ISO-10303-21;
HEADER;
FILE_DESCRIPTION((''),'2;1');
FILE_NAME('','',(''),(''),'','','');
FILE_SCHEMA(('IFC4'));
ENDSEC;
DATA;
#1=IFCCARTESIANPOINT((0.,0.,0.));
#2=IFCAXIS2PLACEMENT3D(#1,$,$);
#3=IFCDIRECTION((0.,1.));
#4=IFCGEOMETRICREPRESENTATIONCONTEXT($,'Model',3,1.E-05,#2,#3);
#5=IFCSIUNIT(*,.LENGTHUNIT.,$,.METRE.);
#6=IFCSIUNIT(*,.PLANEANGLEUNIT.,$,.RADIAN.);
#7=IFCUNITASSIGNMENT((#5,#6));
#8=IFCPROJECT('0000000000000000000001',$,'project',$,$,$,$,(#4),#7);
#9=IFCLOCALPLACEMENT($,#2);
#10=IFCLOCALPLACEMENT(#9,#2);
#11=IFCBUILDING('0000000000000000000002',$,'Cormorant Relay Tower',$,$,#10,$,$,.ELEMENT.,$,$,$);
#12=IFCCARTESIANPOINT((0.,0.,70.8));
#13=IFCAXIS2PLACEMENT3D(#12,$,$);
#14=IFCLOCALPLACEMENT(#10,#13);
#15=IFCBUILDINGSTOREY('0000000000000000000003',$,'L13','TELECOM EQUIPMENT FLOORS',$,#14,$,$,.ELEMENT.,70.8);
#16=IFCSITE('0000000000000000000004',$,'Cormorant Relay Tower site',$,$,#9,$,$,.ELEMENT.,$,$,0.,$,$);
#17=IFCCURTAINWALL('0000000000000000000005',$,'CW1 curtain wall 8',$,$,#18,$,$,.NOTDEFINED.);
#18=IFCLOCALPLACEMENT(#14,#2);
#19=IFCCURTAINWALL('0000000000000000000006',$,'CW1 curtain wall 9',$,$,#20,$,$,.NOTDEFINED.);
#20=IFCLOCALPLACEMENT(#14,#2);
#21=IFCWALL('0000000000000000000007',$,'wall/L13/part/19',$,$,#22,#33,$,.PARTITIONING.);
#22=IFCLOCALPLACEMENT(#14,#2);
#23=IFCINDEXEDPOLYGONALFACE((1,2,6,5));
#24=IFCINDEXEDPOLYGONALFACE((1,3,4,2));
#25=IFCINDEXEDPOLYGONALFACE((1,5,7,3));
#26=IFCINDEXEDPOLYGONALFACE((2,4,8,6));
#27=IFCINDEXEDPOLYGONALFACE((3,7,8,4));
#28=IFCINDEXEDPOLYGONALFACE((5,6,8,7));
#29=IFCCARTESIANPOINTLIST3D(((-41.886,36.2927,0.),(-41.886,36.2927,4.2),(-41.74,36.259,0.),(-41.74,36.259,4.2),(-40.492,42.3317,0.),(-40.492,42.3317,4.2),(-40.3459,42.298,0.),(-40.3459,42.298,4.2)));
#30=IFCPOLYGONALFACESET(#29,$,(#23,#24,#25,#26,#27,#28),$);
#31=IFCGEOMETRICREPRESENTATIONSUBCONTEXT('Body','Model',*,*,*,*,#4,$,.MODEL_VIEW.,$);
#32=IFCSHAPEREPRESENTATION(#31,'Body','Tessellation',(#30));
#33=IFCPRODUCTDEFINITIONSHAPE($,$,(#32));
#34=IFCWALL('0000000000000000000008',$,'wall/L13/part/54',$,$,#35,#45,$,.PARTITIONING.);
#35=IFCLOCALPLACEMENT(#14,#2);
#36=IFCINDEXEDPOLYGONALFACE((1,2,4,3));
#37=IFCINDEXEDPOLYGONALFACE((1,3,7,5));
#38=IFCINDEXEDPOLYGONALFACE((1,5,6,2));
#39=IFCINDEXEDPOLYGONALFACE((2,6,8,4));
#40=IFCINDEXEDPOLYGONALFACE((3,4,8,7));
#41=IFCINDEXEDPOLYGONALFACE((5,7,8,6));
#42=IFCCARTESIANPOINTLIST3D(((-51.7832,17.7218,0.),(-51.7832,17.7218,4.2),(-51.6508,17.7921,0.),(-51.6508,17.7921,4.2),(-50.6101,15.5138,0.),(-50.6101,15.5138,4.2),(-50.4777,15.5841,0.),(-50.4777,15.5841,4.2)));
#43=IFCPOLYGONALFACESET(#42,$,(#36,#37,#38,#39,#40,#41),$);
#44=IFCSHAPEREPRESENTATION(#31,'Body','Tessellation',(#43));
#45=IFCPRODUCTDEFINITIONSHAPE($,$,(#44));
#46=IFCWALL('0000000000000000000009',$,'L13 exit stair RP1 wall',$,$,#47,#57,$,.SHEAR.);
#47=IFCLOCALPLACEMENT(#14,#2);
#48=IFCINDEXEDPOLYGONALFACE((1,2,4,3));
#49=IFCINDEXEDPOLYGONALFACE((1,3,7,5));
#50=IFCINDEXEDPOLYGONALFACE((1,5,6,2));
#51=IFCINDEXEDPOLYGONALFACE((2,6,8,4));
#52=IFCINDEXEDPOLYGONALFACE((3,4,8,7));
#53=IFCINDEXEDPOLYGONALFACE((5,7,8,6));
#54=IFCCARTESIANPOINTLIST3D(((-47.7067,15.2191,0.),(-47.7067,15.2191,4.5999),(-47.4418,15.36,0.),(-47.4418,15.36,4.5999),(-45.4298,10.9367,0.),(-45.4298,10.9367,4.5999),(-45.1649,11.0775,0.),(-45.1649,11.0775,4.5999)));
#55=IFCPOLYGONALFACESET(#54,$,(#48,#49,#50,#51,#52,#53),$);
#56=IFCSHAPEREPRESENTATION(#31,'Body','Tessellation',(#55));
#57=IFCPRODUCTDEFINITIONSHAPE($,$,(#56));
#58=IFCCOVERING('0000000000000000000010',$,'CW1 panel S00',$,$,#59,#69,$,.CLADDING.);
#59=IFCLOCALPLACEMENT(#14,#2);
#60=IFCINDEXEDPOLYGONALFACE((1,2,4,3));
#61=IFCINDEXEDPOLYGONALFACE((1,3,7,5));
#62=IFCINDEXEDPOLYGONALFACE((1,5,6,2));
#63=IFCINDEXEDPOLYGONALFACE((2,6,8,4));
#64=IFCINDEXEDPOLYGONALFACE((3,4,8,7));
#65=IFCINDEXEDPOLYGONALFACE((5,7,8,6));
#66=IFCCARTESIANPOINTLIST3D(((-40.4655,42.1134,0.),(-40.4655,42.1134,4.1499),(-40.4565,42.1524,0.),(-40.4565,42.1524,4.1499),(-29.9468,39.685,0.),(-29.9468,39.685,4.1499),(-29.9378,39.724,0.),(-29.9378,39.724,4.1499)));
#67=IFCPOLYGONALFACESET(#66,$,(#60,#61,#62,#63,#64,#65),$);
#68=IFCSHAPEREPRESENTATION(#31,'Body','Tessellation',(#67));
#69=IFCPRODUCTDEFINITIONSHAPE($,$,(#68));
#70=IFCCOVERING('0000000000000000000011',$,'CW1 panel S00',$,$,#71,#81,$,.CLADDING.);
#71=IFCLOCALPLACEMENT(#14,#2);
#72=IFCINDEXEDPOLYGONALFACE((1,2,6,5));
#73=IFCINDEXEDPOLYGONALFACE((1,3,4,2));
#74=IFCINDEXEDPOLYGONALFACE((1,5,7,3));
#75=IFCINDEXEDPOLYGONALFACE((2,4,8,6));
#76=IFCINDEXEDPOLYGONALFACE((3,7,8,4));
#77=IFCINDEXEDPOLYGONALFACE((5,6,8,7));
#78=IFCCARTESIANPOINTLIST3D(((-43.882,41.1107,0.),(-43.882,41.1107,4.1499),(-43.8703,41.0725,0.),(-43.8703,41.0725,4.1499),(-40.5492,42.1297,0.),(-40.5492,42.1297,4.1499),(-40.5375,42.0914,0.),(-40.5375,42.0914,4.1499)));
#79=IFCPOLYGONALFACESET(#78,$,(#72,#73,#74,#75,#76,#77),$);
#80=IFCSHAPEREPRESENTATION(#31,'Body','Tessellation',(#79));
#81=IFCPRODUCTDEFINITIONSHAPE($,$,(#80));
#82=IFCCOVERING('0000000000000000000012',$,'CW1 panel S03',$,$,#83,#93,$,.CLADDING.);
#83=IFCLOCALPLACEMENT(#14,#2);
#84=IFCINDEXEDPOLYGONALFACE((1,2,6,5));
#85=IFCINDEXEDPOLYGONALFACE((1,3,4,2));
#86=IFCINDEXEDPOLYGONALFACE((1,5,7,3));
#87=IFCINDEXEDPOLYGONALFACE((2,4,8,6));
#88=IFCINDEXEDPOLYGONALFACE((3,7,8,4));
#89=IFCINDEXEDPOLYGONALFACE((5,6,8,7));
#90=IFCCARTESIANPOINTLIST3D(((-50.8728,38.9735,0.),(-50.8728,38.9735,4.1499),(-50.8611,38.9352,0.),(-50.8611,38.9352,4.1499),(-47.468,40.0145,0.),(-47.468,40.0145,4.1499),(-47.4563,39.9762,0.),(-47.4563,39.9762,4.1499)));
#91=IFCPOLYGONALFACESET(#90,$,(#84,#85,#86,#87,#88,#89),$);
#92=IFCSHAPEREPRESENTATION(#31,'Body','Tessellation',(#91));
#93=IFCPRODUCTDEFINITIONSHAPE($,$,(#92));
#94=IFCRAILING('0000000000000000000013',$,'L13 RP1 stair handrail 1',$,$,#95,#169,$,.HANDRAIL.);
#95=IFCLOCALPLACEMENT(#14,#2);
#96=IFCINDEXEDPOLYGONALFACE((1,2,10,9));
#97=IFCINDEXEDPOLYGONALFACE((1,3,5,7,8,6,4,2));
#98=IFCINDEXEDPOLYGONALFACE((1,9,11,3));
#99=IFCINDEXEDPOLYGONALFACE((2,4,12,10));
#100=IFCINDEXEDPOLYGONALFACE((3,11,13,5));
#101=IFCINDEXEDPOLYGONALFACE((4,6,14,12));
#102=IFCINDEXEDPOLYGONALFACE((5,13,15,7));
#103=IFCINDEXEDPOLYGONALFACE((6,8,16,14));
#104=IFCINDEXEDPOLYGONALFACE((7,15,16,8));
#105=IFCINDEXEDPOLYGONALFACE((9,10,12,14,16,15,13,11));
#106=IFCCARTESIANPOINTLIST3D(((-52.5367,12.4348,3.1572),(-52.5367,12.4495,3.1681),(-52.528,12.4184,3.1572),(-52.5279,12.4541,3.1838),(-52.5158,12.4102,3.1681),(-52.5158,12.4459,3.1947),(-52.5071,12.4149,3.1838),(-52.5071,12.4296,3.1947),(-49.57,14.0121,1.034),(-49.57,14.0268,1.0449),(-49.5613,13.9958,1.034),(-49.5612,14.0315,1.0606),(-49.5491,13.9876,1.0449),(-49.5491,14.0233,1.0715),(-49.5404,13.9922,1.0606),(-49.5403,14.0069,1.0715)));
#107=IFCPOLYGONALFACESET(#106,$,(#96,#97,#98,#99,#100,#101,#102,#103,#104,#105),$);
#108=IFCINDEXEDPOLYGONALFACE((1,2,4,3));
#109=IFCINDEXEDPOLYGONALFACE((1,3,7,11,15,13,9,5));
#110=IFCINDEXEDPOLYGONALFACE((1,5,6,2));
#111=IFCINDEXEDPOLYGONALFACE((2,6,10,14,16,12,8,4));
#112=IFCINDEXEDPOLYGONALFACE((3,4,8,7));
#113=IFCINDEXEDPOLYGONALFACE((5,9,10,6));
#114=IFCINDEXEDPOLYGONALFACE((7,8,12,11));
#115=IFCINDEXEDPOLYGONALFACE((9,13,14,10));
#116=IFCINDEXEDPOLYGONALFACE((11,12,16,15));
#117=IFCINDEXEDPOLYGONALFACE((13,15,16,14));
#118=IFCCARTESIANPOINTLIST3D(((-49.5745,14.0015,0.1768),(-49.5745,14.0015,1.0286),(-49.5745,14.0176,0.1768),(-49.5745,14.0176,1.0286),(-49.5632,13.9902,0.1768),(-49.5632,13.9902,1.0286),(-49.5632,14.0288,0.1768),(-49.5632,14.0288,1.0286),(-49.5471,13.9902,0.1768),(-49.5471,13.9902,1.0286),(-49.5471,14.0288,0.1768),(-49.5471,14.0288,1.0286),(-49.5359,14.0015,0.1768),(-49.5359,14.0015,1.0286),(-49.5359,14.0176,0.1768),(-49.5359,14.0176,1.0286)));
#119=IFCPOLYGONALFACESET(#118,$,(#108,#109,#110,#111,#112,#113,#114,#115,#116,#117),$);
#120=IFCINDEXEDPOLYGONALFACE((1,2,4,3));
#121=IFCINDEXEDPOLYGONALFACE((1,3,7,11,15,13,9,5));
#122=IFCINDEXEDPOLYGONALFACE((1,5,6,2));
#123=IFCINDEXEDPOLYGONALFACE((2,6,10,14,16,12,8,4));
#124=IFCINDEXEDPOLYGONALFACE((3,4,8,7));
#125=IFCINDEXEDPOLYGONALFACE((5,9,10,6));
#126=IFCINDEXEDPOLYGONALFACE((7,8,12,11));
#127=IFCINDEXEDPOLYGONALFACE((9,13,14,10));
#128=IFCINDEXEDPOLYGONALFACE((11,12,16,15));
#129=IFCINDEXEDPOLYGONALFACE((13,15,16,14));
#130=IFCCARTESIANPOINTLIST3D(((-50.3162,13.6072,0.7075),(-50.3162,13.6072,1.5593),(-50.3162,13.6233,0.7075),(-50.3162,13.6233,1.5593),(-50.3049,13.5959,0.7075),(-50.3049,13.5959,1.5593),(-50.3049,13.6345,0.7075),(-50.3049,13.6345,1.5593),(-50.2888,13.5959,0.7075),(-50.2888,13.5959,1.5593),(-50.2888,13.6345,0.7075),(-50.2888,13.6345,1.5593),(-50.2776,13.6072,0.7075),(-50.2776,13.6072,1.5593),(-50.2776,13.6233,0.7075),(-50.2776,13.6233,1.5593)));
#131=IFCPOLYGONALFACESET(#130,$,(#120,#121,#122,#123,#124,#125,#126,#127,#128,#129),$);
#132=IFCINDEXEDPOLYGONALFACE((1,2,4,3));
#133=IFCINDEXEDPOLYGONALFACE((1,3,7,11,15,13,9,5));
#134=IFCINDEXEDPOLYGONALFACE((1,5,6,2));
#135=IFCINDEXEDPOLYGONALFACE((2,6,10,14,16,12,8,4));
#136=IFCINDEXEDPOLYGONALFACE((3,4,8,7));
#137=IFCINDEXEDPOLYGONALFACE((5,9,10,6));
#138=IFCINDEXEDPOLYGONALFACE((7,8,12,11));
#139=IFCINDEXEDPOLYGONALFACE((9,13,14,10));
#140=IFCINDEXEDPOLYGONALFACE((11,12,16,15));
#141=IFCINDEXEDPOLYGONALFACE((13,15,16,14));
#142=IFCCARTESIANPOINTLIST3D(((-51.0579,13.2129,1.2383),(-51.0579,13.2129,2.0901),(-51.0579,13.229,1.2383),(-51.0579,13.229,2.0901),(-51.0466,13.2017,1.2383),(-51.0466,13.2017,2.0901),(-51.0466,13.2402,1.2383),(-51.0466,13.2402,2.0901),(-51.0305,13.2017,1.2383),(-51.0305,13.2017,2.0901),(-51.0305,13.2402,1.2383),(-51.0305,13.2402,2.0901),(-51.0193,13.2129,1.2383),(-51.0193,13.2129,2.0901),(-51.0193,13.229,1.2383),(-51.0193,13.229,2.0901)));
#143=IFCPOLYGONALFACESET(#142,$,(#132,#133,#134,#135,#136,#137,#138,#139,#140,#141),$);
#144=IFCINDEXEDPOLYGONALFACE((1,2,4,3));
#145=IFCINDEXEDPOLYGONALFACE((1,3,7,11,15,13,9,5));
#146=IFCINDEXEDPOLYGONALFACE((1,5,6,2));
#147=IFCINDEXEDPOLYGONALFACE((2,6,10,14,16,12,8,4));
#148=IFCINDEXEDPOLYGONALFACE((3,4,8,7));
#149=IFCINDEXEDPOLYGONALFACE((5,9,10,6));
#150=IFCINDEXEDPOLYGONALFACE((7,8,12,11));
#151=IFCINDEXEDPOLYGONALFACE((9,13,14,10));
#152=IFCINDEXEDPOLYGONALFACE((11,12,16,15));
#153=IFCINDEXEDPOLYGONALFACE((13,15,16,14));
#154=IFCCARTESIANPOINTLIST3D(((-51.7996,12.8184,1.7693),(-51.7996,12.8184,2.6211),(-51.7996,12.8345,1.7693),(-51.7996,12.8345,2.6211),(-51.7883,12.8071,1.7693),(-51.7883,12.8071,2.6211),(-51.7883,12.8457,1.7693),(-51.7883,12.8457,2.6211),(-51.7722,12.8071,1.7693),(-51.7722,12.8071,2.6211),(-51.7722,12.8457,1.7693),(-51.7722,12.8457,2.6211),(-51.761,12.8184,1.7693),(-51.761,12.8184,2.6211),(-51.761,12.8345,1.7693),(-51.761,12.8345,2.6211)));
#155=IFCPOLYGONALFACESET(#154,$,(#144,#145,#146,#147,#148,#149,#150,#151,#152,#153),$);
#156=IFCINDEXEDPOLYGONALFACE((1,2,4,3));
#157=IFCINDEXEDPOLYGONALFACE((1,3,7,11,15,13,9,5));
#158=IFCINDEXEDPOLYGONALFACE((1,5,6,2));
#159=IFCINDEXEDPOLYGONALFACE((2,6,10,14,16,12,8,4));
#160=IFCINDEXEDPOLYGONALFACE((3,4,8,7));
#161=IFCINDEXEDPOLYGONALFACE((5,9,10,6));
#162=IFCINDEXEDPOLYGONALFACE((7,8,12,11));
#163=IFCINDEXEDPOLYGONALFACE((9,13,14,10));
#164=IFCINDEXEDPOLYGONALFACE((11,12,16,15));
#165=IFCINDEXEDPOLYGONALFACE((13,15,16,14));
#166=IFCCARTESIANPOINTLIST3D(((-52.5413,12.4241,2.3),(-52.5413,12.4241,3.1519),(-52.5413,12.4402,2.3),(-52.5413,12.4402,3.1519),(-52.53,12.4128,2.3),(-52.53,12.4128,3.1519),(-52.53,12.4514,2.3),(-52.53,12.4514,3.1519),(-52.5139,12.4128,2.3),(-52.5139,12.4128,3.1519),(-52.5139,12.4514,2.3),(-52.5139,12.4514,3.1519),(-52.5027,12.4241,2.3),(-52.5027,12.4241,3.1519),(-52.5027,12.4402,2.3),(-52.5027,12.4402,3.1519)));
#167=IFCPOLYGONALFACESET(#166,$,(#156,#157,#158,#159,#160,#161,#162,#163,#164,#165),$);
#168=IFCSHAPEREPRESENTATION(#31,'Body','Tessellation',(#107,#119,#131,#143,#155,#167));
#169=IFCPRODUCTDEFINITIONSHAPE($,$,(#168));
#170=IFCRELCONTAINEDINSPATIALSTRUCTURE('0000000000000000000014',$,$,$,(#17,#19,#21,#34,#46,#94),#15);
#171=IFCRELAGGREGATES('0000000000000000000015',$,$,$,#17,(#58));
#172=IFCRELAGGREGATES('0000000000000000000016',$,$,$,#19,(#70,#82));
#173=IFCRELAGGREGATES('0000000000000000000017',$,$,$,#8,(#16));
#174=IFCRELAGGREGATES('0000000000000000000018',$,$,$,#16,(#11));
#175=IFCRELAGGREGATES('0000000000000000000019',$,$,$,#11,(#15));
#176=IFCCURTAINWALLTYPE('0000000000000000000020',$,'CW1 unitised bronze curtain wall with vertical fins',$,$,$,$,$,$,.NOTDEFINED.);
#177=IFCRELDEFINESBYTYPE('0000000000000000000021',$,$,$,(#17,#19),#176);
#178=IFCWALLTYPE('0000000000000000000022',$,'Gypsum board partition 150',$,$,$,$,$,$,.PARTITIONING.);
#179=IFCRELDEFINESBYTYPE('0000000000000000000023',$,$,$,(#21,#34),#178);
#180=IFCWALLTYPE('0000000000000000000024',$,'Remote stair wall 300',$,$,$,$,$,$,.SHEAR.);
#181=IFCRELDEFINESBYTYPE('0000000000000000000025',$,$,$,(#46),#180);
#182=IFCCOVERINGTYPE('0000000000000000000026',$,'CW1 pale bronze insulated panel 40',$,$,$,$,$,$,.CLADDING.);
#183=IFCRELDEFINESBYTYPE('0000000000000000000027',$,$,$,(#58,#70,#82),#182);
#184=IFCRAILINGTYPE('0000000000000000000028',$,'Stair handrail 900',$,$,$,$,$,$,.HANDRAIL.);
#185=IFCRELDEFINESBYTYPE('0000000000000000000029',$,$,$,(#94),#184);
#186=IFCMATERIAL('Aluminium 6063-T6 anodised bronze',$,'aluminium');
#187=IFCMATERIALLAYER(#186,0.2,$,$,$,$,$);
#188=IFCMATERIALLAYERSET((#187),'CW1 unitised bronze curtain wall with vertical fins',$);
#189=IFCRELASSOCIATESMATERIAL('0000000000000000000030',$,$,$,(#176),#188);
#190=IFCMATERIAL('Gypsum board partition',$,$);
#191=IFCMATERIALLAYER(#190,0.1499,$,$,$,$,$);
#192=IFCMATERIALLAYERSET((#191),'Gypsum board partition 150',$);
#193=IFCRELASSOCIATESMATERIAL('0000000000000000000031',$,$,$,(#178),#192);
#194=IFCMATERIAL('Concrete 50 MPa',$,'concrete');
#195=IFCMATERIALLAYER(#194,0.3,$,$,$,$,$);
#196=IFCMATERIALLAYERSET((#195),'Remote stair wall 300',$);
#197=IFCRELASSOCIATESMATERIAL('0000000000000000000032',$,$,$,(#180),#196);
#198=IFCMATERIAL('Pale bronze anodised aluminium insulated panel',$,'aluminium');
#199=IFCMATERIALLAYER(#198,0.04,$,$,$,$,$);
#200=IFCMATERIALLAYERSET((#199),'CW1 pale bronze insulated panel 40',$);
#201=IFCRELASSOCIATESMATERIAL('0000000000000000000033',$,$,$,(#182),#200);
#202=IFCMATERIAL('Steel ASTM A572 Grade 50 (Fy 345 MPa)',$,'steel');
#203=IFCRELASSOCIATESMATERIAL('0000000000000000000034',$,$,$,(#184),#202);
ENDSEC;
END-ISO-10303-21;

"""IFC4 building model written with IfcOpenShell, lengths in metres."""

from ifc_helpers import new_model, si_unit, direction, frame, frame_2d, origin, origin_2d, place, context, subcontext, project, spatial, polyline, rectangle, outline, extrude, material, layer, layer_set, type_object, element, aggregate, save


model = new_model("IFC4")

# Units and contexts
model_context = context("Model", 3, precision=1e-05, world=origin(), true_north=direction((0.0, 1.0)))
body_context = subcontext(model_context, "Body", "Model", "MODEL_VIEW")
ifc_project = project(units=[si_unit("LENGTHUNIT", "METRE"), si_unit("PLANEANGLEUNIT", "RADIAN")], contexts=[model_context])

# Site, building, storey
site_placement = place(None, origin())
site = spatial("IfcSite", under=ifc_project, at=site_placement, Name="Cormorant Relay Tower site", CompositionType="ELEMENT", RefElevation=0.0)
building_placement = place(site_placement, origin())
building = spatial("IfcBuilding", under=site, at=building_placement, Name="Cormorant Relay Tower", CompositionType="ELEMENT")
storey_placement = place(building_placement, frame((0.0, 0.0, 70.8)))
storey = spatial("IfcBuildingStorey", under=building, at=storey_placement, Name="L13", Description="TELECOM EQUIPMENT FLOORS", CompositionType="ELEMENT", Elevation=70.8)

# Curtain wall
ifc_material_1 = material(Name="Aluminium 6063-T6 anodised bronze", Category="aluminium")
ifc_layer_1 = layer(ifc_material_1, 0.2)
ifc_layer_set_1 = layer_set([ifc_layer_1], Name="CW1 unitised bronze curtain wall with vertical fins")
curtain_wall_type = type_object("IfcCurtainWallType", Name="CW1 unitised bronze curtain wall with vertical fins", PredefinedType="NOTDEFINED", material=ifc_layer_set_1)
curtain_wall_1_placement = place(storey_placement, origin())
curtain_wall_1 = element("IfcCurtainWall", 1, at=curtain_wall_1_placement, inside=storey, type_object=curtain_wall_type, Name="CW1 curtain wall 8", PredefinedType="NOTDEFINED")

# Curtain wall
curtain_wall_2_placement = place(storey_placement, origin())
curtain_wall_2 = element("IfcCurtainWall", 2, at=curtain_wall_2_placement, inside=storey, type_object=curtain_wall_type, Name="CW1 curtain wall 9", PredefinedType="NOTDEFINED")

# Walls
ifc_material_2 = material(Name="Gypsum board partition")
ifc_layer_2 = layer(ifc_material_2, 0.1499)
ifc_layer_set_2 = layer_set([ifc_layer_2], Name="Gypsum board partition 150")
wall_type_1 = type_object("IfcWallType", Name="Gypsum board partition 150", PredefinedType="PARTITIONING", material=ifc_layer_set_2)
wall_1_placement = place(storey_placement, frame((-41.813, 36.2759, 0.0), z_axis=(0.0, 0.0, 1.0), x_axis=(0.224923, 0.974377, 0.0)))
element("IfcWall", 3, at=wall_1_placement, inside=storey, type_object=wall_type_1, Name="wall/L13/part/19", PredefinedType="PARTITIONING", context=body_context, shape_type="SweptSolid", body=[
    extrude(rectangle(XDim=6.1978, YDim=0.1499, at=frame_2d((3.0989, 0.0))), origin(), (0.0, 0.0, 1.0), 4.2),
])
wall_2_placement = place(storey_placement, frame((-50.5439, 15.5491, 0.0), z_axis=(0.0, 0.0, 1.0), x_axis=(-0.469184, 0.883101, 0.0)))
element("IfcWall", 4, at=wall_2_placement, inside=storey, type_object=wall_type_1, Name="wall/L13/part/54", PredefinedType="PARTITIONING", context=body_context, shape_type="SweptSolid", body=[
    extrude(rectangle(XDim=2.5002, YDim=0.1499, at=frame_2d((1.25, 0.0))), origin(), (0.0, 0.0, 1.0), 4.2),
])
ifc_material_3 = material(Name="Concrete 50 MPa", Category="concrete")
ifc_layer_3 = layer(ifc_material_3, 0.3)
ifc_layer_set_3 = layer_set([ifc_layer_3], Name="Remote stair wall 300")
wall_type_2 = type_object("IfcWallType", Name="Remote stair wall 300", PredefinedType="SHEAR", material=ifc_layer_set_3)
wall_3_placement = place(storey_placement, frame((-47.5742, 15.2896, 0.0), z_axis=(0.0, 0.0, 1.0), x_axis=(0.469443, -0.882963, 0.0)))
element("IfcWall", 5, at=wall_3_placement, inside=storey, type_object=wall_type_2, Name="L13 exit stair RP1 wall", PredefinedType="SHEAR", context=body_context, shape_type="SweptSolid", body=[
    extrude(rectangle(XDim=4.8501, YDim=0.3, at=frame_2d((2.425, 0.0))), origin(), (0.0, 0.0, 1.0), 4.5999),
])

# Coverings
ifc_material_4 = material(Name="Pale bronze anodised aluminium insulated panel", Category="aluminium")
ifc_layer_4 = layer(ifc_material_4, 0.04)
ifc_layer_set_4 = layer_set([ifc_layer_4], Name="CW1 pale bronze insulated panel 40")
covering_type = type_object("IfcCoveringType", Name="CW1 pale bronze insulated panel 40", PredefinedType="CLADDING", material=ifc_layer_set_4)
covering_1_placement = place(storey_placement, frame((-35.2017, 40.9187, 0.0), z_axis=(0.0, 0.0, 1.0), x_axis=(-0.97437, 0.224951, 0.0)))
covering_1 = element("IfcCovering", 6, at=covering_1_placement, type_object=covering_type, Name="CW1 panel S00", PredefinedType="CLADDING", context=body_context, shape_type="SweptSolid", body=[
    extrude(rectangle(XDim=10.7954, YDim=0.04, at=origin_2d()), origin(), (0.0, 0.0, 1.0), 4.1499),
])
aggregate(curtain_wall_1, [covering_1])
covering_2_placement = place(storey_placement, frame((-42.2097, 41.6011, 0.0), z_axis=(0.0, 0.0, 1.0), x_axis=(-0.956305, -0.292372, 0.0)))
covering_2 = element("IfcCovering", 7, at=covering_2_placement, type_object=covering_type, Name="CW1 panel S00", PredefinedType="CLADDING", context=body_context, shape_type="SweptSolid", body=[
    extrude(rectangle(XDim=3.4851, YDim=0.04, at=origin_2d()), origin(), (0.0, 0.0, 1.0), 4.1499),
])
covering_3_placement = place(storey_placement, frame((-49.1646, 39.4749, 0.0), z_axis=(0.0, 0.0, 1.0), x_axis=(-0.956305, -0.292372, 0.0)))
covering_3 = element("IfcCovering", 8, at=covering_3_placement, type_object=covering_type, Name="CW1 panel S03", PredefinedType="CLADDING", context=body_context, shape_type="SweptSolid", body=[
    extrude(rectangle(XDim=3.5603, YDim=0.04, at=origin_2d()), origin(), (0.0, 0.0, 1.0), 4.1499),
])
aggregate(curtain_wall_2, [covering_2, covering_3])

# Railing
ifc_material_5 = material(Name="Steel ASTM A572 Grade 50 (Fy 345 MPa)", Category="steel")
railing_type = type_object("IfcRailingType", Name="Stair handrail 900", PredefinedType="HANDRAIL", material=ifc_material_5)
railing_placement = place(storey_placement, frame((-49.5552, 14.0095, 0.1768)))
element("IfcRailing", 9, at=railing_placement, inside=storey, type_object=railing_type, Name="L13 RP1 stair handrail 1", PredefinedType="HANDRAIL", context=body_context, shape_type="SweptSolid", body=[
    extrude(outline(polyline([(0.0222, 0.0093), (0.0093, 0.0222), (-0.0093, 0.0222), (-0.0222, 0.0093), (-0.0222, -0.0093), (-0.0093, -0.0222), (0.0093, -0.0222), (0.0222, -0.0093), (0.0222, 0.0093)])), frame((0.0, 0.0, 0.876), z_axis=(-0.746416, -0.396856, 0.534199), x_axis=(0.469453, -0.882958, 0.0)), (0.0, 0.0, 1.0), 3.9746),
    extrude(outline(polyline([(0.0193, 0.0081), (0.0081, 0.0193), (-0.0081, 0.0193), (-0.0193, 0.0081), (-0.0193, -0.0081), (-0.0081, -0.0193), (0.0081, -0.0193), (0.0193, -0.0081), (0.0193, 0.0081)])), origin(), (0.0, 0.0, 1.0), 0.8518),
    extrude(outline(polyline([(0.0193, 0.0081), (0.0081, 0.0193), (-0.0081, 0.0193), (-0.0193, 0.0081), (-0.0193, -0.0081), (-0.0081, -0.0193), (0.0081, -0.0193), (0.0193, -0.0081), (0.0193, 0.0081)])), frame((-0.7417, -0.3943, 0.5308)), (0.0, 0.0, 1.0), 0.8518),
    extrude(outline(polyline([(0.0193, 0.0081), (0.0081, 0.0193), (-0.0081, 0.0193), (-0.0193, 0.0081), (-0.0193, -0.0081), (-0.0081, -0.0193), (0.0081, -0.0193), (0.0193, -0.0081), (0.0193, 0.0081)])), frame((-1.4834, -0.7886, 1.0615)), (0.0, 0.0, 1.0), 0.8518),
    extrude(outline(polyline([(0.0193, 0.0081), (0.0081, 0.0193), (-0.0081, 0.0193), (-0.0193, 0.0081), (-0.0193, -0.0081), (-0.0081, -0.0193), (0.0081, -0.0193), (0.0193, -0.0081), (0.0193, 0.0081)])), frame((-2.2251, -1.1831, 1.5925)), (0.0, 0.0, 1.0), 0.8518),
    extrude(outline(polyline([(0.0193, 0.0081), (0.0081, 0.0193), (-0.0081, 0.0193), (-0.0193, 0.0081), (-0.0193, -0.0081), (-0.0081, -0.0193), (0.0081, -0.0193), (0.0193, -0.0081), (0.0193, 0.0081)])), frame((-2.9668, -1.5774, 2.1233)), (0.0, 0.0, 1.0), 0.8518),
])

save(model, "model.ifc")
